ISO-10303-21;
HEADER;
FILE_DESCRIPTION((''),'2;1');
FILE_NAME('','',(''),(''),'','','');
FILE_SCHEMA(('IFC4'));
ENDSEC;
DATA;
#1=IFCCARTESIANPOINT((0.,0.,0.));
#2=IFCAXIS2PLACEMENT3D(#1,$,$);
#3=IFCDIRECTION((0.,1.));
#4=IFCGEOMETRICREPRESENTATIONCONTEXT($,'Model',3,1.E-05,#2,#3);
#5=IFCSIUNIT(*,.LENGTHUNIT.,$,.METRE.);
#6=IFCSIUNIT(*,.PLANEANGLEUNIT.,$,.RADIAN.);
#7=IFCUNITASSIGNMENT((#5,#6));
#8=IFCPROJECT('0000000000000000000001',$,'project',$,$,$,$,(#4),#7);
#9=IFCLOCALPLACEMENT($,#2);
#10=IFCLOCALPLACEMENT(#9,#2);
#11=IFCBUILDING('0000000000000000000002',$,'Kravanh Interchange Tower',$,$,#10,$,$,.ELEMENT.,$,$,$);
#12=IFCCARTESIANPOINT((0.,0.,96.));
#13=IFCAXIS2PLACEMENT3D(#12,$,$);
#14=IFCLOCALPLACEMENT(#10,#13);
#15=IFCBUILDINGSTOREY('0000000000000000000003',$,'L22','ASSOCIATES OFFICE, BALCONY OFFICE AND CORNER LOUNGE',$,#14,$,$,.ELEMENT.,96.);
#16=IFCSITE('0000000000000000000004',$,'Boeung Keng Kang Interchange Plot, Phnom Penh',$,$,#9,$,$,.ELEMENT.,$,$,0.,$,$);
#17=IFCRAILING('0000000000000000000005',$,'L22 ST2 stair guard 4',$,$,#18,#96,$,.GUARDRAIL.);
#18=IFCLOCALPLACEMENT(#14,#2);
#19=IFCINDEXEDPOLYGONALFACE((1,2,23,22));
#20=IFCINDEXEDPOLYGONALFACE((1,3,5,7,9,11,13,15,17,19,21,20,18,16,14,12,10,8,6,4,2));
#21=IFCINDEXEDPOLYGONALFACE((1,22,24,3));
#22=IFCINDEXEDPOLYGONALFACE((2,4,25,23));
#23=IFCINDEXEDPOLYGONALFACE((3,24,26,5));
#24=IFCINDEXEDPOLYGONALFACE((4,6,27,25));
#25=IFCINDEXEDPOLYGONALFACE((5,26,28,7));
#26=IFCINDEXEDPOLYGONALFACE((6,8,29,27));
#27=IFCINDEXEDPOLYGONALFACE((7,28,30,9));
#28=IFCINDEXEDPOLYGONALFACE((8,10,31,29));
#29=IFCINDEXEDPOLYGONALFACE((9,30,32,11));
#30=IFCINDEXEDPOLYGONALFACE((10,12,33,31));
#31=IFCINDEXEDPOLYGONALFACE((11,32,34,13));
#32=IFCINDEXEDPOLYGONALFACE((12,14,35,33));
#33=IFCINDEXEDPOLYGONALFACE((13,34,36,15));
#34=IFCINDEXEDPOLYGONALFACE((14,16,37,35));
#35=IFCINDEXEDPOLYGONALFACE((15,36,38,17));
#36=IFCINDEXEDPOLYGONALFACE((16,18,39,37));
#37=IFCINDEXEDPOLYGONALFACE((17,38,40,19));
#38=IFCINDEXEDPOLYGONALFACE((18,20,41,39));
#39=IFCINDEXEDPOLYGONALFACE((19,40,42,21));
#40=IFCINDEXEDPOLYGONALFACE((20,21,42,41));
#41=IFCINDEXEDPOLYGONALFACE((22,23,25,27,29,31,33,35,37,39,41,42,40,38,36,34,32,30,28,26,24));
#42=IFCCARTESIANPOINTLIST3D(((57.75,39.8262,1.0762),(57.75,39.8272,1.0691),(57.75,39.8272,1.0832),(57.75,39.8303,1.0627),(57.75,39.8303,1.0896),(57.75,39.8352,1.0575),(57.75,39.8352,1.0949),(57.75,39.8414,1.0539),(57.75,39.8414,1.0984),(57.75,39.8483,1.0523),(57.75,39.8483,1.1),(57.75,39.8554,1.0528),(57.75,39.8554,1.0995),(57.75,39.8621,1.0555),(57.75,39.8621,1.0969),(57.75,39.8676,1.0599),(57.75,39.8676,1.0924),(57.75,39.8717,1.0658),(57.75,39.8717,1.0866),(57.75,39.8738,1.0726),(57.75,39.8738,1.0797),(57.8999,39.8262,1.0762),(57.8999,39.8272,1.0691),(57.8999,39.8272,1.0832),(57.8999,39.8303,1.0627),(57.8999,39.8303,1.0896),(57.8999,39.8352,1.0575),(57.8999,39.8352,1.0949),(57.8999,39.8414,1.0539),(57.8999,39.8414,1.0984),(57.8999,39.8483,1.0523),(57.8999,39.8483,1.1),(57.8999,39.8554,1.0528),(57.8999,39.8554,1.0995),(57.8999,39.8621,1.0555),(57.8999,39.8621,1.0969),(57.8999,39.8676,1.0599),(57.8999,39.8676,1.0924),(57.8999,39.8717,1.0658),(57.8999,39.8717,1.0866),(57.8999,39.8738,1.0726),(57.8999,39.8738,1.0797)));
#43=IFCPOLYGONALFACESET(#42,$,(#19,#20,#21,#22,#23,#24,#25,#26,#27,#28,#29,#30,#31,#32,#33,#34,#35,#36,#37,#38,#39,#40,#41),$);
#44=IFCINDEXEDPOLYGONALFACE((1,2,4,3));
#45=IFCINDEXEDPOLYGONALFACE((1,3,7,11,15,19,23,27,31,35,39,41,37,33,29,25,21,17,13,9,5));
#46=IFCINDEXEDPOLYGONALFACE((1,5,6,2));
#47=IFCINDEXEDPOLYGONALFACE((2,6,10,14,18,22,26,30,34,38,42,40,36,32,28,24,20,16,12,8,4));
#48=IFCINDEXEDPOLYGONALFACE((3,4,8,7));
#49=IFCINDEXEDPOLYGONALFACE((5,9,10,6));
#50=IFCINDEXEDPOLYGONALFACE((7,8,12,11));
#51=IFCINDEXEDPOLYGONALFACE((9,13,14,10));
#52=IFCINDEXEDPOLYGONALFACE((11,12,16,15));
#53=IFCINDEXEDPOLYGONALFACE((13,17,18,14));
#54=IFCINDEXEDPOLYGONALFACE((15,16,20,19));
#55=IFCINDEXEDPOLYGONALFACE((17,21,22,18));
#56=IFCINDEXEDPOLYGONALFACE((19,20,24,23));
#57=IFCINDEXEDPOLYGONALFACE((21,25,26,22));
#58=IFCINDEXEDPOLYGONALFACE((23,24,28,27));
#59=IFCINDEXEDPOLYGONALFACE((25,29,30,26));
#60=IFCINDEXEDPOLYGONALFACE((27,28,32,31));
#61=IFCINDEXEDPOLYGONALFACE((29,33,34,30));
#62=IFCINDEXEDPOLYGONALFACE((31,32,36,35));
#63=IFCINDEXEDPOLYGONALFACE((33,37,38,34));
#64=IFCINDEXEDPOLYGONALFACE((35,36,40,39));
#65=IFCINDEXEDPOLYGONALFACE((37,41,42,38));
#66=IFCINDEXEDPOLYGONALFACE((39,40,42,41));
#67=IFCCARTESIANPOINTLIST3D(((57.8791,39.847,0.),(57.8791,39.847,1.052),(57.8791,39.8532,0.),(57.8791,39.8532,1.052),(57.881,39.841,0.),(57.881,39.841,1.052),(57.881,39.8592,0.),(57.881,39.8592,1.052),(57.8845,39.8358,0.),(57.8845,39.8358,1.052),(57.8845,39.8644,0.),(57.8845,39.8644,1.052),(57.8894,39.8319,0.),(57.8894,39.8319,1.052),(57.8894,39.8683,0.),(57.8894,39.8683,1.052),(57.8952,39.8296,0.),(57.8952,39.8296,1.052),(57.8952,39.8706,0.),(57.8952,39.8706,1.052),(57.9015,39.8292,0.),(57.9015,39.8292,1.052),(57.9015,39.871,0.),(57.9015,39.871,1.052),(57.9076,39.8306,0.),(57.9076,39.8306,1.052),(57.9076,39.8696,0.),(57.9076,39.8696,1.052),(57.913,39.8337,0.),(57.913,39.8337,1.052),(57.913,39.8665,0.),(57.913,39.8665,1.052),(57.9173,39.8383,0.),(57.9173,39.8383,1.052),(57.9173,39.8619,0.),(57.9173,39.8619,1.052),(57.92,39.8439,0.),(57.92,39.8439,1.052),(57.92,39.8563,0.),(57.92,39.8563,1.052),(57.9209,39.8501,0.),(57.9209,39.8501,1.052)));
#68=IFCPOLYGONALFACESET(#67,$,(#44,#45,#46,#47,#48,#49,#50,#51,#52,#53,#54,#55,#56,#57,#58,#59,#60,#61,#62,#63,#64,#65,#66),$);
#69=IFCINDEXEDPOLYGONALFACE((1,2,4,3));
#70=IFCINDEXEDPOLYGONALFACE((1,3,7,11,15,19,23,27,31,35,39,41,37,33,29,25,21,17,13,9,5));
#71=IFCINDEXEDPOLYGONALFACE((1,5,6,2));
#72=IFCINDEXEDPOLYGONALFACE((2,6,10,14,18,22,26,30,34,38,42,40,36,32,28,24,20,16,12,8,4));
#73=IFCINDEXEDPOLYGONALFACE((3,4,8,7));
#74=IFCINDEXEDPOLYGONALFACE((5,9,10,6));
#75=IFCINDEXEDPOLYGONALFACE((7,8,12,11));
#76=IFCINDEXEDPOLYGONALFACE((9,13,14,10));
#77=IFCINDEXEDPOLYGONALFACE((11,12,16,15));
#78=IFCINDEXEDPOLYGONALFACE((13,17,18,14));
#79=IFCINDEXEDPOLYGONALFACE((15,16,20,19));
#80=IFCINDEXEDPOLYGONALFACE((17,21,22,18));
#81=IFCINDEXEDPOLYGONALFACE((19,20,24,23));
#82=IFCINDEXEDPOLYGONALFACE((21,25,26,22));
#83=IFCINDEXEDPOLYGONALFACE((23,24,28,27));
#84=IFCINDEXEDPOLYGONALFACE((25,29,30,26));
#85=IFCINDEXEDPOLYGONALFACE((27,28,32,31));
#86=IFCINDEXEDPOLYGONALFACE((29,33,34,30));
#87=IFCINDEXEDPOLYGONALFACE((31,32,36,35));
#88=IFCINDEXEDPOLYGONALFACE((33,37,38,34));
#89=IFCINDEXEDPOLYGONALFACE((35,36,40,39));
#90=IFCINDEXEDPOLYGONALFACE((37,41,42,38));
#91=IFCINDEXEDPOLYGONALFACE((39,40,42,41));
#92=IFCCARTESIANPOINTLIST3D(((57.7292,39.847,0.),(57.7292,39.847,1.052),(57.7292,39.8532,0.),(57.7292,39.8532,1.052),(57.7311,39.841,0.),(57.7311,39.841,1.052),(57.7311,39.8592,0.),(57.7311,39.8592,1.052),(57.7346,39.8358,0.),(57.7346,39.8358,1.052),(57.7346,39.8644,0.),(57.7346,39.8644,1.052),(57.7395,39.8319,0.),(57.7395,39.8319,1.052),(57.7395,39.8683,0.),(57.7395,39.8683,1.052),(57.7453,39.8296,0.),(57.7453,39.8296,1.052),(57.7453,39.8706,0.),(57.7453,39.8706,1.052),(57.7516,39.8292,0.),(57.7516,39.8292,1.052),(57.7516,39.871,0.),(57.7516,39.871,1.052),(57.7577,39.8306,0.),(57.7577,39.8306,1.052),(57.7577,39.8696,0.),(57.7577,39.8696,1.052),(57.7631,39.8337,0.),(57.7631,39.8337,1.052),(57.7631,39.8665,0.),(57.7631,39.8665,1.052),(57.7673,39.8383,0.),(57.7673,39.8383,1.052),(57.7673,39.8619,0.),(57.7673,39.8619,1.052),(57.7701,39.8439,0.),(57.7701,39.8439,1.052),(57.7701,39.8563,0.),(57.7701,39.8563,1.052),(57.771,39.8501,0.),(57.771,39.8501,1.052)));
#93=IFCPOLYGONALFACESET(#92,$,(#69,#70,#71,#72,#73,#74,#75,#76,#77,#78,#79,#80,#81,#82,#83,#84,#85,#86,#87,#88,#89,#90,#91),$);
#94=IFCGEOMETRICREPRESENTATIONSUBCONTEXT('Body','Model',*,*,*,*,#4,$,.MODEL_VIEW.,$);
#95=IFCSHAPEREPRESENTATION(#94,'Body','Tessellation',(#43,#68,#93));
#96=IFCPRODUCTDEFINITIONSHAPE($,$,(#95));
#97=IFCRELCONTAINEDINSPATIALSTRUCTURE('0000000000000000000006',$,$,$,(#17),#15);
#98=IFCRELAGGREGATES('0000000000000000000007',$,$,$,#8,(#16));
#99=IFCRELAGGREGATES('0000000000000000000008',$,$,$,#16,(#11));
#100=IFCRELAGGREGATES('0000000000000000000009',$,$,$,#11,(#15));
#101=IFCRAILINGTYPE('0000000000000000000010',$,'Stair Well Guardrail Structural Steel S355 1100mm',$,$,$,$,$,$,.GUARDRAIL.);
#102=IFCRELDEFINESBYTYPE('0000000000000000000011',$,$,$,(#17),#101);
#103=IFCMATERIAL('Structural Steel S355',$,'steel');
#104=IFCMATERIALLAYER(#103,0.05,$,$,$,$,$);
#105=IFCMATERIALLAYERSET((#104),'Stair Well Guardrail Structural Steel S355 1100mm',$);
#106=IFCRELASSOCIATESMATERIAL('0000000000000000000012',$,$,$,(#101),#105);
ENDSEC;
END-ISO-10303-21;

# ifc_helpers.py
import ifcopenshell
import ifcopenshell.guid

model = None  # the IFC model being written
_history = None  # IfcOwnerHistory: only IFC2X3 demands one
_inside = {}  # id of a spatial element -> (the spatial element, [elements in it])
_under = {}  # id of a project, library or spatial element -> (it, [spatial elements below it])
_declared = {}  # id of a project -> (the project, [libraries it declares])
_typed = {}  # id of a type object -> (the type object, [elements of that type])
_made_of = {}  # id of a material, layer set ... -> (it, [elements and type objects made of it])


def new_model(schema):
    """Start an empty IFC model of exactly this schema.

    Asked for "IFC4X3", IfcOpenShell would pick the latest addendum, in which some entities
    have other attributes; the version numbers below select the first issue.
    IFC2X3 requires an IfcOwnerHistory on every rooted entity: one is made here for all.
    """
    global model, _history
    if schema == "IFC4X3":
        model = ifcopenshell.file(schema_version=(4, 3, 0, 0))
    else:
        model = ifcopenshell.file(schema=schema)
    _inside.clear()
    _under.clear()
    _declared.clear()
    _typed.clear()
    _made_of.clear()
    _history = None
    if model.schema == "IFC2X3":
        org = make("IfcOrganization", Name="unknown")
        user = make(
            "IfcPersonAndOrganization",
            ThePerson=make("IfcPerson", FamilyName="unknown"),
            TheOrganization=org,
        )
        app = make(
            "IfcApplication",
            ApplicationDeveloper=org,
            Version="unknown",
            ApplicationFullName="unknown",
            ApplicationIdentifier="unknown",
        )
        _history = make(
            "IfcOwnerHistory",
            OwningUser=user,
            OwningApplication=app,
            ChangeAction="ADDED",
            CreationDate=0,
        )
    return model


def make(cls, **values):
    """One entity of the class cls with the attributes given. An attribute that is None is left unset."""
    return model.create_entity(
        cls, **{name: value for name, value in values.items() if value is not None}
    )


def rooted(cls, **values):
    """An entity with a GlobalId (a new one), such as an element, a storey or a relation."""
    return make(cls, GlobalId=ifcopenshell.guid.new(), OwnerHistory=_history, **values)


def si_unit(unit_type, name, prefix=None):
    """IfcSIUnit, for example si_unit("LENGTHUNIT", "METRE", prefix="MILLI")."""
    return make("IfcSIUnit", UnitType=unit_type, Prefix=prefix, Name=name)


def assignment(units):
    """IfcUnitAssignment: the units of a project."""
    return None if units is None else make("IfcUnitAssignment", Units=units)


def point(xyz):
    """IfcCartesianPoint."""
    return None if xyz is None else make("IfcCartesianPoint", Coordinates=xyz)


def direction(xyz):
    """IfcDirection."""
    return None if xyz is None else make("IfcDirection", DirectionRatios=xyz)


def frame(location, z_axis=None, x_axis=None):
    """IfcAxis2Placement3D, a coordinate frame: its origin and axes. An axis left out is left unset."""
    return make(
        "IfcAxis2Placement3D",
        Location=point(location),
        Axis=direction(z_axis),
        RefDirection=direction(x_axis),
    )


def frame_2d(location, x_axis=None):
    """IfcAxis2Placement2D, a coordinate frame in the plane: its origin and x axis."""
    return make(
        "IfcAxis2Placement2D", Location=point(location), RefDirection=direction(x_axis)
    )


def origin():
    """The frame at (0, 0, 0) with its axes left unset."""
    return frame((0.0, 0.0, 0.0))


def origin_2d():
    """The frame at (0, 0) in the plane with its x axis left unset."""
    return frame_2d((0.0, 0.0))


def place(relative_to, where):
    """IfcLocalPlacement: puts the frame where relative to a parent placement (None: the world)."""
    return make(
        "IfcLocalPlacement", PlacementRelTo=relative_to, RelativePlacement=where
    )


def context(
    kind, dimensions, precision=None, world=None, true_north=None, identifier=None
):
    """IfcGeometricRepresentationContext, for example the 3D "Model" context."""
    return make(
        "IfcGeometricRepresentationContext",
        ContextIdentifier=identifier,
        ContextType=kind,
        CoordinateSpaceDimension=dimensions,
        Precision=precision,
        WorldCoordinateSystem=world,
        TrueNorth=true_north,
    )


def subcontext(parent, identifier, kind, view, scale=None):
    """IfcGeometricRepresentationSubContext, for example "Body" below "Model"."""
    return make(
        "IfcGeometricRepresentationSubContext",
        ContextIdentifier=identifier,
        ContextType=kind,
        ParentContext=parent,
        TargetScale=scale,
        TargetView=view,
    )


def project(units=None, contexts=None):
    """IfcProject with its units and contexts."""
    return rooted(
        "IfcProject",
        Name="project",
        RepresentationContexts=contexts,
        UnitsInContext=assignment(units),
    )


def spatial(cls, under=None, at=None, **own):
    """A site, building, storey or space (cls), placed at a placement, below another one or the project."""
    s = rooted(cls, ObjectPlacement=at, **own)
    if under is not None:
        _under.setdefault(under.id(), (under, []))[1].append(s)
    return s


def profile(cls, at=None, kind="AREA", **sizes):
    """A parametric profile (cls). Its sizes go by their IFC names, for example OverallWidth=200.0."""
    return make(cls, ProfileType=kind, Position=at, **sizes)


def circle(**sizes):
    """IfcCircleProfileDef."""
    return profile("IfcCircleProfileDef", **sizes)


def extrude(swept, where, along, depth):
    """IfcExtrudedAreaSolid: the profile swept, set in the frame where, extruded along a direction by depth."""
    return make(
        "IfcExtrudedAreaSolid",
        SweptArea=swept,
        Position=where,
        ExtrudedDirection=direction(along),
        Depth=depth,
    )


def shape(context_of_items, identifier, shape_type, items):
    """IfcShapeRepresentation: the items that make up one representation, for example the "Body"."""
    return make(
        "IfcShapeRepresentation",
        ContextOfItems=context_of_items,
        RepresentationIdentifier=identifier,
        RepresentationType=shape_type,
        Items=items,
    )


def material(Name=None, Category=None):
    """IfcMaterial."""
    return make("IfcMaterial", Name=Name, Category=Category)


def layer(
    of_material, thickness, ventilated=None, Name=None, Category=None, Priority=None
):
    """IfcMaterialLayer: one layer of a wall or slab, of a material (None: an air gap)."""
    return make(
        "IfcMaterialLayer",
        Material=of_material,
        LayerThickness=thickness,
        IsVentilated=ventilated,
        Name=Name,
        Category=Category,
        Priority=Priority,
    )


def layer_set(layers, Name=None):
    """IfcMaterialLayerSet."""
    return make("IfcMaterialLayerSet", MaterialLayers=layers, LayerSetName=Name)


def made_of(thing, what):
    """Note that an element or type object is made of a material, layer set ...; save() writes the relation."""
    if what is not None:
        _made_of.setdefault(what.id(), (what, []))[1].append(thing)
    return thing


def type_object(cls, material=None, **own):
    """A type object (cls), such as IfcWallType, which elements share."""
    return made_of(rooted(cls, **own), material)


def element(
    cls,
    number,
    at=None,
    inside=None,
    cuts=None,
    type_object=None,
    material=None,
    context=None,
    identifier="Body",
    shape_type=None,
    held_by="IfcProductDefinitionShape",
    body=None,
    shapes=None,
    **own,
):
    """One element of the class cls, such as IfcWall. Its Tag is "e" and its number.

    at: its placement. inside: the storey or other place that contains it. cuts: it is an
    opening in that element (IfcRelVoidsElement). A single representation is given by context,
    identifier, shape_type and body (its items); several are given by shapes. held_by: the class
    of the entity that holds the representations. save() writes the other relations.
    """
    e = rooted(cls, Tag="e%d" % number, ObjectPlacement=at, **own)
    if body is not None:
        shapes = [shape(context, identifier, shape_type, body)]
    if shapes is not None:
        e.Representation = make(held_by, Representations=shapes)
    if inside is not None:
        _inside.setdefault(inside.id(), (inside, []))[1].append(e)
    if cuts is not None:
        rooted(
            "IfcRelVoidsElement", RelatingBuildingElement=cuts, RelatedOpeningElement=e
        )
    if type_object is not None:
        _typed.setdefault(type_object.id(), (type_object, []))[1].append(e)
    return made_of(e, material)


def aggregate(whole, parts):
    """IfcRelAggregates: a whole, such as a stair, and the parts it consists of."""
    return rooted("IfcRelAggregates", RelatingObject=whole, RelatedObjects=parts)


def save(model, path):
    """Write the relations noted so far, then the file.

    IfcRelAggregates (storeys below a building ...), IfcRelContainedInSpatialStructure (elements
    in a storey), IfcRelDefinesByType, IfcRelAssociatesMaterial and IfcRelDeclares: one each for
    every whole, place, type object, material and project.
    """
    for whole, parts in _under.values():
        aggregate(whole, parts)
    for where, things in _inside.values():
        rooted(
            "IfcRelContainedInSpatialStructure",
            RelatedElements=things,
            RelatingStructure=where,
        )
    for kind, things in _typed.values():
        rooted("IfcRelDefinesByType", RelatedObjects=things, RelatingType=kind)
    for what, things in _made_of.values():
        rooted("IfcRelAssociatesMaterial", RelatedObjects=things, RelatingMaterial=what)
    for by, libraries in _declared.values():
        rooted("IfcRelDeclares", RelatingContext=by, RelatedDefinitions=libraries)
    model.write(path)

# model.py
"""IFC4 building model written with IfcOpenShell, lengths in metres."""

from ifc_helpers import new_model, si_unit, direction, frame, origin, origin_2d, place, context, subcontext, project, spatial, circle, extrude, material, layer, layer_set, type_object, element, save


model = new_model("IFC4")

# Units and contexts
model_context = context("Model", 3, precision=1e-05, world=origin(), true_north=direction((0.0, 1.0)))
body_context = subcontext(model_context, "Body", "Model", "MODEL_VIEW")
ifc_project = project(units=[si_unit("LENGTHUNIT", "METRE"), si_unit("PLANEANGLEUNIT", "RADIAN")], contexts=[model_context])

# Site, building, storey
site_placement = place(None, origin())
site = spatial("IfcSite", under=ifc_project, at=site_placement, Name="Boeung Keng Kang Interchange Plot, Phnom Penh", CompositionType="ELEMENT", RefElevation=0.0)
building_placement = place(site_placement, origin())
building = spatial("IfcBuilding", under=site, at=building_placement, Name="Kravanh Interchange Tower", CompositionType="ELEMENT")
storey_placement = place(building_placement, frame((0.0, 0.0, 96.0)))
storey = spatial("IfcBuildingStorey", under=building, at=storey_placement, Name="L22", Description="ASSOCIATES OFFICE, BALCONY OFFICE AND CORNER LOUNGE", CompositionType="ELEMENT", Elevation=96.0)

# Railing
ifc_material_1 = material(Name="Structural Steel S355", Category="steel")
ifc_layer_1 = layer(ifc_material_1, 0.05)
ifc_layer_set_1 = layer_set([ifc_layer_1], Name="Stair Well Guardrail Structural Steel S355 1100mm")
railing_type_1 = type_object("IfcRailingType", Name="Stair Well Guardrail Structural Steel S355 1100mm", PredefinedType="GUARDRAIL", material=ifc_layer_set_1)
railing_1_placement = place(storey_placement, frame((57.8999, 39.8501, 0.0)))
element("IfcRailing", 1, at=railing_1_placement, inside=storey, type_object=railing_type_1, Name="L22 ST2 stair guard 4", PredefinedType="GUARDRAIL", context=body_context, shape_type="SweptSolid", body=[
    extrude(circle(Radius=0.0239, at=origin_2d()), frame((0.0, 0.0, 1.0762), z_axis=(-1.0, 0.0, 0.0), x_axis=(0.0, -1.0, 0.0)), (0.0, 0.0, 1.0), 0.1499),
    extrude(circle(Radius=0.021, at=origin_2d()), origin(), (0.0, 0.0, 1.0), 1.052),
    extrude(circle(Radius=0.021, at=origin_2d()), frame((-0.1499, 0.0, 0.0)), (0.0, 0.0, 1.0), 1.052),
])

save(model, "model.ifc")
